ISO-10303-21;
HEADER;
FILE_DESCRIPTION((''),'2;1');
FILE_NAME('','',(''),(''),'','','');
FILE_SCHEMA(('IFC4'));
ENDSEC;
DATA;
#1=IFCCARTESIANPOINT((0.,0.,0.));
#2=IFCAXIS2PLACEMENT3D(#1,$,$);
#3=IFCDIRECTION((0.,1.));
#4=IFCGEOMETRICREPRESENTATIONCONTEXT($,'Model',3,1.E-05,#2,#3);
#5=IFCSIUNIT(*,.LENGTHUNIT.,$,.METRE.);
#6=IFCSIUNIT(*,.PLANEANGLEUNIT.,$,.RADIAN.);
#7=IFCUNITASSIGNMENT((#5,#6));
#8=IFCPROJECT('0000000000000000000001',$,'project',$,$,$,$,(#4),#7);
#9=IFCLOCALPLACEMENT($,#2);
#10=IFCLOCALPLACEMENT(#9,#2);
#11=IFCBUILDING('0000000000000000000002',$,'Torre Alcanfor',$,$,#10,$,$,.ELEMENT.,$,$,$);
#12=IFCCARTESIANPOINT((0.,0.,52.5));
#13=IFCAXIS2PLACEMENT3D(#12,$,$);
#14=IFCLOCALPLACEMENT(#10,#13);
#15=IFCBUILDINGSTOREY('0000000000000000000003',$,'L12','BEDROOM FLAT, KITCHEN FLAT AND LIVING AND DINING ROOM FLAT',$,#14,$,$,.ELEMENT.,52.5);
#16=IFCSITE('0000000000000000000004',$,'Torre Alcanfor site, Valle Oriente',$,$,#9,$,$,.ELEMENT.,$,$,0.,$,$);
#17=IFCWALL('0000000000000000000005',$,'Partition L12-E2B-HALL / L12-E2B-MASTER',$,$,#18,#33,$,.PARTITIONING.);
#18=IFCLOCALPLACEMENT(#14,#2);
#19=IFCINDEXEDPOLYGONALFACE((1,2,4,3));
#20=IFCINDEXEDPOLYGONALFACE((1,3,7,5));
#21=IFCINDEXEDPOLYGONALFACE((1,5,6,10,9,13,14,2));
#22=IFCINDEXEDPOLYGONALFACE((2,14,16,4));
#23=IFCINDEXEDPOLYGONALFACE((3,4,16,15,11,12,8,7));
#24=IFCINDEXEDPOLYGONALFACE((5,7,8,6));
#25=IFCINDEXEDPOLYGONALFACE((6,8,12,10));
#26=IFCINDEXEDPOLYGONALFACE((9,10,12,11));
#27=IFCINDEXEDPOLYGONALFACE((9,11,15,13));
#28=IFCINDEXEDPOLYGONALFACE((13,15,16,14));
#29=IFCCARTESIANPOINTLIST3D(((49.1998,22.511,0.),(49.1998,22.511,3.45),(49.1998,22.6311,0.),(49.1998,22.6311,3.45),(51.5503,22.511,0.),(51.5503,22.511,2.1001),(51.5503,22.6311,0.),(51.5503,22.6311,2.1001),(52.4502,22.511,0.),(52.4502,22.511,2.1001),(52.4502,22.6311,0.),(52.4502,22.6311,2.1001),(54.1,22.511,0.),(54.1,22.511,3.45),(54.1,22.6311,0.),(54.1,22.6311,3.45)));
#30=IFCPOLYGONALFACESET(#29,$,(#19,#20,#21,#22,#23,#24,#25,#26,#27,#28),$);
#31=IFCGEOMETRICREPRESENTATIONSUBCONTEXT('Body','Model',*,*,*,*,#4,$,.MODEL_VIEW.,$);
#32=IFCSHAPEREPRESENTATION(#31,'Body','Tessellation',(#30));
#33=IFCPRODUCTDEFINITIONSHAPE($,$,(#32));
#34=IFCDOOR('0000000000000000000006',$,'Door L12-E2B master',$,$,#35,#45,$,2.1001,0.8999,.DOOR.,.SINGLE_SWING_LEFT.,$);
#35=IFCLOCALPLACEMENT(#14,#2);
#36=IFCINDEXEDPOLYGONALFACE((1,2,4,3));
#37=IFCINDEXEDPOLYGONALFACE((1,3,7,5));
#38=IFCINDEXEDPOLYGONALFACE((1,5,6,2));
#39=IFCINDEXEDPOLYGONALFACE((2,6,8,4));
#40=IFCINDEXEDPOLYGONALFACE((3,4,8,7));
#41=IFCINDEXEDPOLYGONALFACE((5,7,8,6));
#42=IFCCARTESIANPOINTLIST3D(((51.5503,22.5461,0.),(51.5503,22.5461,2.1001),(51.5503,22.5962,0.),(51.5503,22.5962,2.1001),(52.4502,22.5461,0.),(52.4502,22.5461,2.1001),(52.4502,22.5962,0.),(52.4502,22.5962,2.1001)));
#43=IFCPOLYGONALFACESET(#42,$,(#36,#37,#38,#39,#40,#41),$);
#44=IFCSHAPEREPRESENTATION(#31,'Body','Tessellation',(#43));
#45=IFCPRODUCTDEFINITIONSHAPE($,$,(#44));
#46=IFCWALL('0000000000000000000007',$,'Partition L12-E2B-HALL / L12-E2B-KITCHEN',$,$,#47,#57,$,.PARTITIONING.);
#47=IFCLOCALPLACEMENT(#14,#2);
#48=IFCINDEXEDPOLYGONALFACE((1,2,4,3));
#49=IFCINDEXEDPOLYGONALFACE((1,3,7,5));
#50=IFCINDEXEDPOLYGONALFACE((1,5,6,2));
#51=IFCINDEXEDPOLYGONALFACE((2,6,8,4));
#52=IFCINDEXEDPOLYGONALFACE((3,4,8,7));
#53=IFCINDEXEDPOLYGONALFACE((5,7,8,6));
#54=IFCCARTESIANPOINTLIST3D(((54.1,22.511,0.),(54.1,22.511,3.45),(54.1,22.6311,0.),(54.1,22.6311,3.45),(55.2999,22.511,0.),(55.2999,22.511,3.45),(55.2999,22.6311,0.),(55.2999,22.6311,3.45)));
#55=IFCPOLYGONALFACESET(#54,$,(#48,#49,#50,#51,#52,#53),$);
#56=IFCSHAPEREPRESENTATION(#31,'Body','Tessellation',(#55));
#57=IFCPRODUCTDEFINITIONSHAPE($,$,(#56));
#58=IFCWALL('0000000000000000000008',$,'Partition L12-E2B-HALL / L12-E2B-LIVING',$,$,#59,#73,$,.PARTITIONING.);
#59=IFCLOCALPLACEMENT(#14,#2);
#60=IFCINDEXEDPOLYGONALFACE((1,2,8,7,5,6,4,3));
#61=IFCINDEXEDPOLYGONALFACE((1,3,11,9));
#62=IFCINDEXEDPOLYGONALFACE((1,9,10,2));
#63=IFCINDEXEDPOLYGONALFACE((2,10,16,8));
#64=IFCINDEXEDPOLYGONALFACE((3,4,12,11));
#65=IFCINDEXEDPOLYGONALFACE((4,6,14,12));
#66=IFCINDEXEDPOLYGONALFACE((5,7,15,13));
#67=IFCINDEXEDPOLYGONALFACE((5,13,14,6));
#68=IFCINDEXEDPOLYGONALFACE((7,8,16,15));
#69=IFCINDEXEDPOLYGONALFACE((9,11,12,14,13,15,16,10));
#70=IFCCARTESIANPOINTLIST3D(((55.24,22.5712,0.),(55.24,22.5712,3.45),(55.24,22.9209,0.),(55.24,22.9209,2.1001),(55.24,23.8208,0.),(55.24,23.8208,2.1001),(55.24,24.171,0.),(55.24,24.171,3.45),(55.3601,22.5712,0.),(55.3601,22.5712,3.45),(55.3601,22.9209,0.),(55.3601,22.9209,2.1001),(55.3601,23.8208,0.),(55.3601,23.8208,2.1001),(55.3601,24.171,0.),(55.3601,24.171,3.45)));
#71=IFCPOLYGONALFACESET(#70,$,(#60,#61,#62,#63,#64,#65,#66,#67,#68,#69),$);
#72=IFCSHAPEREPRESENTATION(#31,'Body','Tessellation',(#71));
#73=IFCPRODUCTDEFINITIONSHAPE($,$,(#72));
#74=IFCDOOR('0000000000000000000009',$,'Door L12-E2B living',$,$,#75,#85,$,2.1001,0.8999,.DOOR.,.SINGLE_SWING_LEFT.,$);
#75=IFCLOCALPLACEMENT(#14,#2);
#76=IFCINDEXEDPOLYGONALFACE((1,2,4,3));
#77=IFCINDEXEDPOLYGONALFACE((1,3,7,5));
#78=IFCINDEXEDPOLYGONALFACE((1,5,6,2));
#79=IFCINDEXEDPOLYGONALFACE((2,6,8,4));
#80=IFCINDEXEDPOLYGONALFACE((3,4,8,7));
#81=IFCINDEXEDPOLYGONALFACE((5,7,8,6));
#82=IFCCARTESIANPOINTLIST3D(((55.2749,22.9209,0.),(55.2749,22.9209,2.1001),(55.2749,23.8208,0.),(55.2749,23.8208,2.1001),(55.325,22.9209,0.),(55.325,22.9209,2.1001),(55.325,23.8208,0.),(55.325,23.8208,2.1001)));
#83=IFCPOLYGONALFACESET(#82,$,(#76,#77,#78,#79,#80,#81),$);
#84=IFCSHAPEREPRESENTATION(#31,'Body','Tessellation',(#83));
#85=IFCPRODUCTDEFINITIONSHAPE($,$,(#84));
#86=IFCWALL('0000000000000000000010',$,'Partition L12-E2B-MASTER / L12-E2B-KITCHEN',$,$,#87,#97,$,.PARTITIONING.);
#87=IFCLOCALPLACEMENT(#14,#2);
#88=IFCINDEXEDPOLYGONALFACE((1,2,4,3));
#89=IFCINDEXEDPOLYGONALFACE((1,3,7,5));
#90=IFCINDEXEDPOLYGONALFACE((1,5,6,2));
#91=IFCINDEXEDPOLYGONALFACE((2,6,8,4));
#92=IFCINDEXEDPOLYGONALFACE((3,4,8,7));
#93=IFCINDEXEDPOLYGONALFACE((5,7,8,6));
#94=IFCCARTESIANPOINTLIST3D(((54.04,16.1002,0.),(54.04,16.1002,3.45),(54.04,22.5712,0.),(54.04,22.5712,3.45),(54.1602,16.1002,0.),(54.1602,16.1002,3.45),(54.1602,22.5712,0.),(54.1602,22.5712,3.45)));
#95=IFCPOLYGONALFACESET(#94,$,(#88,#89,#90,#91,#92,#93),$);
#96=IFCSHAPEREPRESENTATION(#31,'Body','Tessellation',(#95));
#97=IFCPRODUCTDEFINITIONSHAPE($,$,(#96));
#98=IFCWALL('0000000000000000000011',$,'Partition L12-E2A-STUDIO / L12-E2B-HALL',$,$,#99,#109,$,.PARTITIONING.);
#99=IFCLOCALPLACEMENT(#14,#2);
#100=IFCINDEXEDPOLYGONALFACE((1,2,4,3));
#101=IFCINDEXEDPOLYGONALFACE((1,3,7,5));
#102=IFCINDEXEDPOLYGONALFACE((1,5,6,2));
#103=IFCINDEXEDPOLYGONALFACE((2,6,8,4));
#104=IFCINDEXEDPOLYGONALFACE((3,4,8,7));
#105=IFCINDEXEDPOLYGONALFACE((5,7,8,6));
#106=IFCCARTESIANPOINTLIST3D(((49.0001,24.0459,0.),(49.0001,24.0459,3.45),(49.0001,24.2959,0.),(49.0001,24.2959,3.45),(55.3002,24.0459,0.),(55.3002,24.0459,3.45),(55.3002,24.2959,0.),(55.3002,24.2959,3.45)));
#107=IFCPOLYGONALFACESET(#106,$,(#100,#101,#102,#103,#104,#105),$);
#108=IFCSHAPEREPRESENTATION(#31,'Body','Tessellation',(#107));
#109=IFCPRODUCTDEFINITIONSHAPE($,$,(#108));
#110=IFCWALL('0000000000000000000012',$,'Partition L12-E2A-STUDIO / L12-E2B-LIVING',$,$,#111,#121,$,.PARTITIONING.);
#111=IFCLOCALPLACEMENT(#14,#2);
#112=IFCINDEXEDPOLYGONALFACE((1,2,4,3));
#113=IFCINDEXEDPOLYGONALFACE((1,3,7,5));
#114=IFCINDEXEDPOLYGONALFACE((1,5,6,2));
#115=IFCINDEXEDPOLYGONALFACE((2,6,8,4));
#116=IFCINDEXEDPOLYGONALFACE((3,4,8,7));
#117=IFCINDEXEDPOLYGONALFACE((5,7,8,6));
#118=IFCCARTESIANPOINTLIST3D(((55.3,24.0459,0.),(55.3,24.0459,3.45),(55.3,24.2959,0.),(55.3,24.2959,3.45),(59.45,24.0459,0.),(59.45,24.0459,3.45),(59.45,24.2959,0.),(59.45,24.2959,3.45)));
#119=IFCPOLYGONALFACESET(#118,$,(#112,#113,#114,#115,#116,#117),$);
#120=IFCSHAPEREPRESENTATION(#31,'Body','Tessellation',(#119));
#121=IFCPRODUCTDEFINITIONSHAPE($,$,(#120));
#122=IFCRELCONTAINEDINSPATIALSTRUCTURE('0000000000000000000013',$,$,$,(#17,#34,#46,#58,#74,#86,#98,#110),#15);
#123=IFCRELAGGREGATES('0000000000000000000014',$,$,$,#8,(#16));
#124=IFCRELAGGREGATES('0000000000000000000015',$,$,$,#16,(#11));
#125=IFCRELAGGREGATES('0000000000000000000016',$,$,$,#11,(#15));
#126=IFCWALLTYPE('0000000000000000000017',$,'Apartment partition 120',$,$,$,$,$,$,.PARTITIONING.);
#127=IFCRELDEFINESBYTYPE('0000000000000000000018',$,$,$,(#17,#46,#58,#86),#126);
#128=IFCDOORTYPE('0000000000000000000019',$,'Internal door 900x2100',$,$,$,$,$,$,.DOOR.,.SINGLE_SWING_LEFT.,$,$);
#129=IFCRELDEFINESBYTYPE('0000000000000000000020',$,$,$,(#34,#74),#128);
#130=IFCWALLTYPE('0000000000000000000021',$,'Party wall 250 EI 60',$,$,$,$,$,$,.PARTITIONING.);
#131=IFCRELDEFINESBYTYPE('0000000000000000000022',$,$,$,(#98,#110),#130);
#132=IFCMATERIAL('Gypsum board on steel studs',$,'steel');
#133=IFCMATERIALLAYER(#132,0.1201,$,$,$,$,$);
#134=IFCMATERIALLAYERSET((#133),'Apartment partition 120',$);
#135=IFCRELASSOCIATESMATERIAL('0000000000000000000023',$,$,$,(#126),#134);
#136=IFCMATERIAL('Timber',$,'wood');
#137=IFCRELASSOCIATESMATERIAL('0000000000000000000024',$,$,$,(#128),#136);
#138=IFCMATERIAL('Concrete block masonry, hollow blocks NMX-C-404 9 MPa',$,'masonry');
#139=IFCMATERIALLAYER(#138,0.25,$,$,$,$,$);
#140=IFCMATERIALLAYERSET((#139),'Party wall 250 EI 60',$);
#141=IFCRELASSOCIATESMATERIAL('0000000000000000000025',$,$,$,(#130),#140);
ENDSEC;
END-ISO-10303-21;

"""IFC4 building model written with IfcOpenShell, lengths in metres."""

from ifc_helpers import new_model, si_unit, direction, frame, frame_2d, origin, place, context, subcontext, project, spatial, rectangle, extrude, material, layer, layer_set, type_object, element, fill, save


model = new_model("IFC4")

# Units and contexts
model_context = context("Model", 3, precision=1e-05, world=origin(), true_north=direction((0.0, 1.0)))
body_context = subcontext(model_context, "Body", "Model", "MODEL_VIEW")
ifc_project = project(units=[si_unit("LENGTHUNIT", "METRE"), si_unit("PLANEANGLEUNIT", "RADIAN")], contexts=[model_context])

# Site, building, storey
site_placement = place(None, origin())
site = spatial("IfcSite", under=ifc_project, at=site_placement, Name="Torre Alcanfor site, Valle Oriente", CompositionType="ELEMENT", RefElevation=0.0)
building_placement = place(site_placement, origin())
building = spatial("IfcBuilding", under=site, at=building_placement, Name="Torre Alcanfor", CompositionType="ELEMENT")
storey_placement = place(building_placement, frame((0.0, 0.0, 52.5)))
storey = spatial("IfcBuildingStorey", under=building, at=storey_placement, Name="L12", Description="BEDROOM FLAT, KITCHEN FLAT AND LIVING AND DINING ROOM FLAT", CompositionType="ELEMENT", Elevation=52.5)

# Wall, opening, door
ifc_material_1 = material(Name="Gypsum board on steel studs", Category="steel")
ifc_layer_1 = layer(ifc_material_1, 0.1201)
ifc_layer_set_1 = layer_set([ifc_layer_1], Name="Apartment partition 120")
wall_type_1 = type_object("IfcWallType", Name="Apartment partition 120", PredefinedType="PARTITIONING", material=ifc_layer_set_1)
wall_1_placement = place(storey_placement, frame((54.1001, 22.571, 0.0), z_axis=(0.0, 0.0, 1.0), x_axis=(-1.0, 0.0, 0.0)))
wall_1 = element("IfcWall", 1, at=wall_1_placement, inside=storey, type_object=wall_type_1, Name="Partition L12-E2B-HALL / L12-E2B-MASTER", PredefinedType="PARTITIONING", context=body_context, shape_type="SweptSolid", body=[
    extrude(rectangle(XDim=4.9001, YDim=0.1201, at=frame_2d((2.4502, 0.0))), origin(), (0.0, 0.0, 1.0), 3.45),
])
opening_1_placement = place(wall_1_placement, frame((1.6499, 0.0, 0.0)))
opening_1 = element("IfcOpeningElement", 2, at=opening_1_placement, cuts=wall_1, PredefinedType="OPENING", context=body_context, shape_type="SweptSolid", body=[
    extrude(rectangle(XDim=0.8999, YDim=2.1001, at=frame_2d((0.45, 1.05))), frame((0.0, 0.0701, 0.0), z_axis=(0.0, -1.0, 0.0), x_axis=(1.0, 0.0, 0.0)), (0.0, 0.0, 1.0), 0.1401),
])
ifc_material_2 = material(Name="Timber", Category="wood")
door_type = type_object("IfcDoorType", Name="Internal door 900x2100", OperationType="SINGLE_SWING_LEFT", PredefinedType="DOOR", material=ifc_material_2)
door_1_placement = place(opening_1_placement, origin())
door_1 = element("IfcDoor", 3, at=door_1_placement, inside=storey, type_object=door_type, Name="Door L12-E2B master", OperationType="SINGLE_SWING_LEFT", OverallHeight=2.1001, OverallWidth=0.8999, PredefinedType="DOOR", context=body_context, shape_type="SweptSolid", body=[
    extrude(rectangle(XDim=0.8999, YDim=2.1001, at=frame_2d((0.45, 1.05))), frame((0.0, 0.0249, 0.0), z_axis=(0.0, -1.0, 0.0), x_axis=(1.0, 0.0, 0.0)), (0.0, 0.0, 1.0), 0.05),
])
fill(opening_1, door_1)

# Wall
wall_2_placement = place(storey_placement, frame((55.3, 22.571, 0.0), z_axis=(0.0, 0.0, 1.0), x_axis=(-1.0, 0.0, 0.0)))
element("IfcWall", 4, at=wall_2_placement, inside=storey, type_object=wall_type_1, Name="Partition L12-E2B-HALL / L12-E2B-KITCHEN", PredefinedType="PARTITIONING", context=body_context, shape_type="SweptSolid", body=[
    extrude(rectangle(XDim=1.2, YDim=0.1201, at=frame_2d((0.6001, 0.0))), origin(), (0.0, 0.0, 1.0), 3.45),
])

# Wall, opening, door
wall_3_placement = place(storey_placement, frame((55.3, 24.1709, 0.0), z_axis=(0.0, 0.0, 1.0), x_axis=(0.0, -1.0, 0.0)))
wall_3 = element("IfcWall", 5, at=wall_3_placement, inside=storey, type_object=wall_type_1, Name="Partition L12-E2B-HALL / L12-E2B-LIVING", PredefinedType="PARTITIONING", context=body_context, shape_type="SweptSolid", body=[
    extrude(rectangle(XDim=1.5999, YDim=0.1201, at=frame_2d((0.7998, 0.0))), origin(), (0.0, 0.0, 1.0), 3.45),
])
opening_2_placement = place(wall_3_placement, frame((0.3501, 0.0, 0.0)))
opening_2 = element("IfcOpeningElement", 6, at=opening_2_placement, cuts=wall_3, PredefinedType="OPENING", context=body_context, shape_type="SweptSolid", body=[
    extrude(rectangle(XDim=0.8999, YDim=2.1001, at=frame_2d((0.45, 1.05))), frame((0.0, 0.0701, 0.0), z_axis=(0.0, -1.0, 0.0), x_axis=(1.0, 0.0, 0.0)), (0.0, 0.0, 1.0), 0.1401),
])
door_2_placement = place(opening_2_placement, origin())
door_2 = element("IfcDoor", 7, at=door_2_placement, inside=storey, type_object=door_type, Name="Door L12-E2B living", OperationType="SINGLE_SWING_LEFT", OverallHeight=2.1001, OverallWidth=0.8999, PredefinedType="DOOR", context=body_context, shape_type="SweptSolid", body=[
    extrude(rectangle(XDim=0.8999, YDim=2.1001, at=frame_2d((0.45, 1.05))), frame((0.0, 0.0249, 0.0), z_axis=(0.0, -1.0, 0.0), x_axis=(1.0, 0.0, 0.0)), (0.0, 0.0, 1.0), 0.05),
])
fill(opening_2, door_2)

# Walls
wall_4_placement = place(storey_placement, frame((54.1001, 22.571, 0.0), z_axis=(0.0, 0.0, 1.0), x_axis=(0.0, -1.0, 0.0)))
element("IfcWall", 8, at=wall_4_placement, inside=storey, type_object=wall_type_1, Name="Partition L12-E2B-MASTER / L12-E2B-KITCHEN", PredefinedType="PARTITIONING", context=body_context, shape_type="SweptSolid", body=[
    extrude(rectangle(XDim=6.4709, YDim=0.1201, at=frame_2d((3.2354, 0.0))), origin(), (0.0, 0.0, 1.0), 3.45),
])
ifc_material_3 = material(Name="Concrete block masonry, hollow blocks NMX-C-404 9 MPa", Category="masonry")
ifc_layer_2 = layer(ifc_material_3, 0.25)
ifc_layer_set_2 = layer_set([ifc_layer_2], Name="Party wall 250 EI 60")
wall_type_2 = type_object("IfcWallType", Name="Party wall 250 EI 60", PredefinedType="PARTITIONING", material=ifc_layer_set_2)
wall_5_placement = place(storey_placement, frame((55.3, 24.1709, 0.0), z_axis=(0.0, 0.0, 1.0), x_axis=(-1.0, 0.0, 0.0)))
element("IfcWall", 9, at=wall_5_placement, inside=storey, type_object=wall_type_2, Name="Partition L12-E2A-STUDIO / L12-E2B-HALL", PredefinedType="PARTITIONING", context=body_context, shape_type="SweptSolid", body=[
    extrude(rectangle(XDim=6.3, YDim=0.25, at=frame_2d((3.1499, 0.0))), origin(), (0.0, 0.0, 1.0), 3.45),
])
wall_6_placement = place(storey_placement, frame((59.45, 24.1709, 0.0), z_axis=(0.0, 0.0, 1.0), x_axis=(-1.0, 0.0, 0.0)))
element("IfcWall", 10, at=wall_6_placement, inside=storey, type_object=wall_type_2, Name="Partition L12-E2A-STUDIO / L12-E2B-LIVING", PredefinedType="PARTITIONING", context=body_context, shape_type="SweptSolid", body=[
    extrude(rectangle(XDim=4.1499, YDim=0.25, at=frame_2d((2.075, 0.0))), origin(), (0.0, 0.0, 1.0), 3.45),
])

save(model, "model.ifc")
